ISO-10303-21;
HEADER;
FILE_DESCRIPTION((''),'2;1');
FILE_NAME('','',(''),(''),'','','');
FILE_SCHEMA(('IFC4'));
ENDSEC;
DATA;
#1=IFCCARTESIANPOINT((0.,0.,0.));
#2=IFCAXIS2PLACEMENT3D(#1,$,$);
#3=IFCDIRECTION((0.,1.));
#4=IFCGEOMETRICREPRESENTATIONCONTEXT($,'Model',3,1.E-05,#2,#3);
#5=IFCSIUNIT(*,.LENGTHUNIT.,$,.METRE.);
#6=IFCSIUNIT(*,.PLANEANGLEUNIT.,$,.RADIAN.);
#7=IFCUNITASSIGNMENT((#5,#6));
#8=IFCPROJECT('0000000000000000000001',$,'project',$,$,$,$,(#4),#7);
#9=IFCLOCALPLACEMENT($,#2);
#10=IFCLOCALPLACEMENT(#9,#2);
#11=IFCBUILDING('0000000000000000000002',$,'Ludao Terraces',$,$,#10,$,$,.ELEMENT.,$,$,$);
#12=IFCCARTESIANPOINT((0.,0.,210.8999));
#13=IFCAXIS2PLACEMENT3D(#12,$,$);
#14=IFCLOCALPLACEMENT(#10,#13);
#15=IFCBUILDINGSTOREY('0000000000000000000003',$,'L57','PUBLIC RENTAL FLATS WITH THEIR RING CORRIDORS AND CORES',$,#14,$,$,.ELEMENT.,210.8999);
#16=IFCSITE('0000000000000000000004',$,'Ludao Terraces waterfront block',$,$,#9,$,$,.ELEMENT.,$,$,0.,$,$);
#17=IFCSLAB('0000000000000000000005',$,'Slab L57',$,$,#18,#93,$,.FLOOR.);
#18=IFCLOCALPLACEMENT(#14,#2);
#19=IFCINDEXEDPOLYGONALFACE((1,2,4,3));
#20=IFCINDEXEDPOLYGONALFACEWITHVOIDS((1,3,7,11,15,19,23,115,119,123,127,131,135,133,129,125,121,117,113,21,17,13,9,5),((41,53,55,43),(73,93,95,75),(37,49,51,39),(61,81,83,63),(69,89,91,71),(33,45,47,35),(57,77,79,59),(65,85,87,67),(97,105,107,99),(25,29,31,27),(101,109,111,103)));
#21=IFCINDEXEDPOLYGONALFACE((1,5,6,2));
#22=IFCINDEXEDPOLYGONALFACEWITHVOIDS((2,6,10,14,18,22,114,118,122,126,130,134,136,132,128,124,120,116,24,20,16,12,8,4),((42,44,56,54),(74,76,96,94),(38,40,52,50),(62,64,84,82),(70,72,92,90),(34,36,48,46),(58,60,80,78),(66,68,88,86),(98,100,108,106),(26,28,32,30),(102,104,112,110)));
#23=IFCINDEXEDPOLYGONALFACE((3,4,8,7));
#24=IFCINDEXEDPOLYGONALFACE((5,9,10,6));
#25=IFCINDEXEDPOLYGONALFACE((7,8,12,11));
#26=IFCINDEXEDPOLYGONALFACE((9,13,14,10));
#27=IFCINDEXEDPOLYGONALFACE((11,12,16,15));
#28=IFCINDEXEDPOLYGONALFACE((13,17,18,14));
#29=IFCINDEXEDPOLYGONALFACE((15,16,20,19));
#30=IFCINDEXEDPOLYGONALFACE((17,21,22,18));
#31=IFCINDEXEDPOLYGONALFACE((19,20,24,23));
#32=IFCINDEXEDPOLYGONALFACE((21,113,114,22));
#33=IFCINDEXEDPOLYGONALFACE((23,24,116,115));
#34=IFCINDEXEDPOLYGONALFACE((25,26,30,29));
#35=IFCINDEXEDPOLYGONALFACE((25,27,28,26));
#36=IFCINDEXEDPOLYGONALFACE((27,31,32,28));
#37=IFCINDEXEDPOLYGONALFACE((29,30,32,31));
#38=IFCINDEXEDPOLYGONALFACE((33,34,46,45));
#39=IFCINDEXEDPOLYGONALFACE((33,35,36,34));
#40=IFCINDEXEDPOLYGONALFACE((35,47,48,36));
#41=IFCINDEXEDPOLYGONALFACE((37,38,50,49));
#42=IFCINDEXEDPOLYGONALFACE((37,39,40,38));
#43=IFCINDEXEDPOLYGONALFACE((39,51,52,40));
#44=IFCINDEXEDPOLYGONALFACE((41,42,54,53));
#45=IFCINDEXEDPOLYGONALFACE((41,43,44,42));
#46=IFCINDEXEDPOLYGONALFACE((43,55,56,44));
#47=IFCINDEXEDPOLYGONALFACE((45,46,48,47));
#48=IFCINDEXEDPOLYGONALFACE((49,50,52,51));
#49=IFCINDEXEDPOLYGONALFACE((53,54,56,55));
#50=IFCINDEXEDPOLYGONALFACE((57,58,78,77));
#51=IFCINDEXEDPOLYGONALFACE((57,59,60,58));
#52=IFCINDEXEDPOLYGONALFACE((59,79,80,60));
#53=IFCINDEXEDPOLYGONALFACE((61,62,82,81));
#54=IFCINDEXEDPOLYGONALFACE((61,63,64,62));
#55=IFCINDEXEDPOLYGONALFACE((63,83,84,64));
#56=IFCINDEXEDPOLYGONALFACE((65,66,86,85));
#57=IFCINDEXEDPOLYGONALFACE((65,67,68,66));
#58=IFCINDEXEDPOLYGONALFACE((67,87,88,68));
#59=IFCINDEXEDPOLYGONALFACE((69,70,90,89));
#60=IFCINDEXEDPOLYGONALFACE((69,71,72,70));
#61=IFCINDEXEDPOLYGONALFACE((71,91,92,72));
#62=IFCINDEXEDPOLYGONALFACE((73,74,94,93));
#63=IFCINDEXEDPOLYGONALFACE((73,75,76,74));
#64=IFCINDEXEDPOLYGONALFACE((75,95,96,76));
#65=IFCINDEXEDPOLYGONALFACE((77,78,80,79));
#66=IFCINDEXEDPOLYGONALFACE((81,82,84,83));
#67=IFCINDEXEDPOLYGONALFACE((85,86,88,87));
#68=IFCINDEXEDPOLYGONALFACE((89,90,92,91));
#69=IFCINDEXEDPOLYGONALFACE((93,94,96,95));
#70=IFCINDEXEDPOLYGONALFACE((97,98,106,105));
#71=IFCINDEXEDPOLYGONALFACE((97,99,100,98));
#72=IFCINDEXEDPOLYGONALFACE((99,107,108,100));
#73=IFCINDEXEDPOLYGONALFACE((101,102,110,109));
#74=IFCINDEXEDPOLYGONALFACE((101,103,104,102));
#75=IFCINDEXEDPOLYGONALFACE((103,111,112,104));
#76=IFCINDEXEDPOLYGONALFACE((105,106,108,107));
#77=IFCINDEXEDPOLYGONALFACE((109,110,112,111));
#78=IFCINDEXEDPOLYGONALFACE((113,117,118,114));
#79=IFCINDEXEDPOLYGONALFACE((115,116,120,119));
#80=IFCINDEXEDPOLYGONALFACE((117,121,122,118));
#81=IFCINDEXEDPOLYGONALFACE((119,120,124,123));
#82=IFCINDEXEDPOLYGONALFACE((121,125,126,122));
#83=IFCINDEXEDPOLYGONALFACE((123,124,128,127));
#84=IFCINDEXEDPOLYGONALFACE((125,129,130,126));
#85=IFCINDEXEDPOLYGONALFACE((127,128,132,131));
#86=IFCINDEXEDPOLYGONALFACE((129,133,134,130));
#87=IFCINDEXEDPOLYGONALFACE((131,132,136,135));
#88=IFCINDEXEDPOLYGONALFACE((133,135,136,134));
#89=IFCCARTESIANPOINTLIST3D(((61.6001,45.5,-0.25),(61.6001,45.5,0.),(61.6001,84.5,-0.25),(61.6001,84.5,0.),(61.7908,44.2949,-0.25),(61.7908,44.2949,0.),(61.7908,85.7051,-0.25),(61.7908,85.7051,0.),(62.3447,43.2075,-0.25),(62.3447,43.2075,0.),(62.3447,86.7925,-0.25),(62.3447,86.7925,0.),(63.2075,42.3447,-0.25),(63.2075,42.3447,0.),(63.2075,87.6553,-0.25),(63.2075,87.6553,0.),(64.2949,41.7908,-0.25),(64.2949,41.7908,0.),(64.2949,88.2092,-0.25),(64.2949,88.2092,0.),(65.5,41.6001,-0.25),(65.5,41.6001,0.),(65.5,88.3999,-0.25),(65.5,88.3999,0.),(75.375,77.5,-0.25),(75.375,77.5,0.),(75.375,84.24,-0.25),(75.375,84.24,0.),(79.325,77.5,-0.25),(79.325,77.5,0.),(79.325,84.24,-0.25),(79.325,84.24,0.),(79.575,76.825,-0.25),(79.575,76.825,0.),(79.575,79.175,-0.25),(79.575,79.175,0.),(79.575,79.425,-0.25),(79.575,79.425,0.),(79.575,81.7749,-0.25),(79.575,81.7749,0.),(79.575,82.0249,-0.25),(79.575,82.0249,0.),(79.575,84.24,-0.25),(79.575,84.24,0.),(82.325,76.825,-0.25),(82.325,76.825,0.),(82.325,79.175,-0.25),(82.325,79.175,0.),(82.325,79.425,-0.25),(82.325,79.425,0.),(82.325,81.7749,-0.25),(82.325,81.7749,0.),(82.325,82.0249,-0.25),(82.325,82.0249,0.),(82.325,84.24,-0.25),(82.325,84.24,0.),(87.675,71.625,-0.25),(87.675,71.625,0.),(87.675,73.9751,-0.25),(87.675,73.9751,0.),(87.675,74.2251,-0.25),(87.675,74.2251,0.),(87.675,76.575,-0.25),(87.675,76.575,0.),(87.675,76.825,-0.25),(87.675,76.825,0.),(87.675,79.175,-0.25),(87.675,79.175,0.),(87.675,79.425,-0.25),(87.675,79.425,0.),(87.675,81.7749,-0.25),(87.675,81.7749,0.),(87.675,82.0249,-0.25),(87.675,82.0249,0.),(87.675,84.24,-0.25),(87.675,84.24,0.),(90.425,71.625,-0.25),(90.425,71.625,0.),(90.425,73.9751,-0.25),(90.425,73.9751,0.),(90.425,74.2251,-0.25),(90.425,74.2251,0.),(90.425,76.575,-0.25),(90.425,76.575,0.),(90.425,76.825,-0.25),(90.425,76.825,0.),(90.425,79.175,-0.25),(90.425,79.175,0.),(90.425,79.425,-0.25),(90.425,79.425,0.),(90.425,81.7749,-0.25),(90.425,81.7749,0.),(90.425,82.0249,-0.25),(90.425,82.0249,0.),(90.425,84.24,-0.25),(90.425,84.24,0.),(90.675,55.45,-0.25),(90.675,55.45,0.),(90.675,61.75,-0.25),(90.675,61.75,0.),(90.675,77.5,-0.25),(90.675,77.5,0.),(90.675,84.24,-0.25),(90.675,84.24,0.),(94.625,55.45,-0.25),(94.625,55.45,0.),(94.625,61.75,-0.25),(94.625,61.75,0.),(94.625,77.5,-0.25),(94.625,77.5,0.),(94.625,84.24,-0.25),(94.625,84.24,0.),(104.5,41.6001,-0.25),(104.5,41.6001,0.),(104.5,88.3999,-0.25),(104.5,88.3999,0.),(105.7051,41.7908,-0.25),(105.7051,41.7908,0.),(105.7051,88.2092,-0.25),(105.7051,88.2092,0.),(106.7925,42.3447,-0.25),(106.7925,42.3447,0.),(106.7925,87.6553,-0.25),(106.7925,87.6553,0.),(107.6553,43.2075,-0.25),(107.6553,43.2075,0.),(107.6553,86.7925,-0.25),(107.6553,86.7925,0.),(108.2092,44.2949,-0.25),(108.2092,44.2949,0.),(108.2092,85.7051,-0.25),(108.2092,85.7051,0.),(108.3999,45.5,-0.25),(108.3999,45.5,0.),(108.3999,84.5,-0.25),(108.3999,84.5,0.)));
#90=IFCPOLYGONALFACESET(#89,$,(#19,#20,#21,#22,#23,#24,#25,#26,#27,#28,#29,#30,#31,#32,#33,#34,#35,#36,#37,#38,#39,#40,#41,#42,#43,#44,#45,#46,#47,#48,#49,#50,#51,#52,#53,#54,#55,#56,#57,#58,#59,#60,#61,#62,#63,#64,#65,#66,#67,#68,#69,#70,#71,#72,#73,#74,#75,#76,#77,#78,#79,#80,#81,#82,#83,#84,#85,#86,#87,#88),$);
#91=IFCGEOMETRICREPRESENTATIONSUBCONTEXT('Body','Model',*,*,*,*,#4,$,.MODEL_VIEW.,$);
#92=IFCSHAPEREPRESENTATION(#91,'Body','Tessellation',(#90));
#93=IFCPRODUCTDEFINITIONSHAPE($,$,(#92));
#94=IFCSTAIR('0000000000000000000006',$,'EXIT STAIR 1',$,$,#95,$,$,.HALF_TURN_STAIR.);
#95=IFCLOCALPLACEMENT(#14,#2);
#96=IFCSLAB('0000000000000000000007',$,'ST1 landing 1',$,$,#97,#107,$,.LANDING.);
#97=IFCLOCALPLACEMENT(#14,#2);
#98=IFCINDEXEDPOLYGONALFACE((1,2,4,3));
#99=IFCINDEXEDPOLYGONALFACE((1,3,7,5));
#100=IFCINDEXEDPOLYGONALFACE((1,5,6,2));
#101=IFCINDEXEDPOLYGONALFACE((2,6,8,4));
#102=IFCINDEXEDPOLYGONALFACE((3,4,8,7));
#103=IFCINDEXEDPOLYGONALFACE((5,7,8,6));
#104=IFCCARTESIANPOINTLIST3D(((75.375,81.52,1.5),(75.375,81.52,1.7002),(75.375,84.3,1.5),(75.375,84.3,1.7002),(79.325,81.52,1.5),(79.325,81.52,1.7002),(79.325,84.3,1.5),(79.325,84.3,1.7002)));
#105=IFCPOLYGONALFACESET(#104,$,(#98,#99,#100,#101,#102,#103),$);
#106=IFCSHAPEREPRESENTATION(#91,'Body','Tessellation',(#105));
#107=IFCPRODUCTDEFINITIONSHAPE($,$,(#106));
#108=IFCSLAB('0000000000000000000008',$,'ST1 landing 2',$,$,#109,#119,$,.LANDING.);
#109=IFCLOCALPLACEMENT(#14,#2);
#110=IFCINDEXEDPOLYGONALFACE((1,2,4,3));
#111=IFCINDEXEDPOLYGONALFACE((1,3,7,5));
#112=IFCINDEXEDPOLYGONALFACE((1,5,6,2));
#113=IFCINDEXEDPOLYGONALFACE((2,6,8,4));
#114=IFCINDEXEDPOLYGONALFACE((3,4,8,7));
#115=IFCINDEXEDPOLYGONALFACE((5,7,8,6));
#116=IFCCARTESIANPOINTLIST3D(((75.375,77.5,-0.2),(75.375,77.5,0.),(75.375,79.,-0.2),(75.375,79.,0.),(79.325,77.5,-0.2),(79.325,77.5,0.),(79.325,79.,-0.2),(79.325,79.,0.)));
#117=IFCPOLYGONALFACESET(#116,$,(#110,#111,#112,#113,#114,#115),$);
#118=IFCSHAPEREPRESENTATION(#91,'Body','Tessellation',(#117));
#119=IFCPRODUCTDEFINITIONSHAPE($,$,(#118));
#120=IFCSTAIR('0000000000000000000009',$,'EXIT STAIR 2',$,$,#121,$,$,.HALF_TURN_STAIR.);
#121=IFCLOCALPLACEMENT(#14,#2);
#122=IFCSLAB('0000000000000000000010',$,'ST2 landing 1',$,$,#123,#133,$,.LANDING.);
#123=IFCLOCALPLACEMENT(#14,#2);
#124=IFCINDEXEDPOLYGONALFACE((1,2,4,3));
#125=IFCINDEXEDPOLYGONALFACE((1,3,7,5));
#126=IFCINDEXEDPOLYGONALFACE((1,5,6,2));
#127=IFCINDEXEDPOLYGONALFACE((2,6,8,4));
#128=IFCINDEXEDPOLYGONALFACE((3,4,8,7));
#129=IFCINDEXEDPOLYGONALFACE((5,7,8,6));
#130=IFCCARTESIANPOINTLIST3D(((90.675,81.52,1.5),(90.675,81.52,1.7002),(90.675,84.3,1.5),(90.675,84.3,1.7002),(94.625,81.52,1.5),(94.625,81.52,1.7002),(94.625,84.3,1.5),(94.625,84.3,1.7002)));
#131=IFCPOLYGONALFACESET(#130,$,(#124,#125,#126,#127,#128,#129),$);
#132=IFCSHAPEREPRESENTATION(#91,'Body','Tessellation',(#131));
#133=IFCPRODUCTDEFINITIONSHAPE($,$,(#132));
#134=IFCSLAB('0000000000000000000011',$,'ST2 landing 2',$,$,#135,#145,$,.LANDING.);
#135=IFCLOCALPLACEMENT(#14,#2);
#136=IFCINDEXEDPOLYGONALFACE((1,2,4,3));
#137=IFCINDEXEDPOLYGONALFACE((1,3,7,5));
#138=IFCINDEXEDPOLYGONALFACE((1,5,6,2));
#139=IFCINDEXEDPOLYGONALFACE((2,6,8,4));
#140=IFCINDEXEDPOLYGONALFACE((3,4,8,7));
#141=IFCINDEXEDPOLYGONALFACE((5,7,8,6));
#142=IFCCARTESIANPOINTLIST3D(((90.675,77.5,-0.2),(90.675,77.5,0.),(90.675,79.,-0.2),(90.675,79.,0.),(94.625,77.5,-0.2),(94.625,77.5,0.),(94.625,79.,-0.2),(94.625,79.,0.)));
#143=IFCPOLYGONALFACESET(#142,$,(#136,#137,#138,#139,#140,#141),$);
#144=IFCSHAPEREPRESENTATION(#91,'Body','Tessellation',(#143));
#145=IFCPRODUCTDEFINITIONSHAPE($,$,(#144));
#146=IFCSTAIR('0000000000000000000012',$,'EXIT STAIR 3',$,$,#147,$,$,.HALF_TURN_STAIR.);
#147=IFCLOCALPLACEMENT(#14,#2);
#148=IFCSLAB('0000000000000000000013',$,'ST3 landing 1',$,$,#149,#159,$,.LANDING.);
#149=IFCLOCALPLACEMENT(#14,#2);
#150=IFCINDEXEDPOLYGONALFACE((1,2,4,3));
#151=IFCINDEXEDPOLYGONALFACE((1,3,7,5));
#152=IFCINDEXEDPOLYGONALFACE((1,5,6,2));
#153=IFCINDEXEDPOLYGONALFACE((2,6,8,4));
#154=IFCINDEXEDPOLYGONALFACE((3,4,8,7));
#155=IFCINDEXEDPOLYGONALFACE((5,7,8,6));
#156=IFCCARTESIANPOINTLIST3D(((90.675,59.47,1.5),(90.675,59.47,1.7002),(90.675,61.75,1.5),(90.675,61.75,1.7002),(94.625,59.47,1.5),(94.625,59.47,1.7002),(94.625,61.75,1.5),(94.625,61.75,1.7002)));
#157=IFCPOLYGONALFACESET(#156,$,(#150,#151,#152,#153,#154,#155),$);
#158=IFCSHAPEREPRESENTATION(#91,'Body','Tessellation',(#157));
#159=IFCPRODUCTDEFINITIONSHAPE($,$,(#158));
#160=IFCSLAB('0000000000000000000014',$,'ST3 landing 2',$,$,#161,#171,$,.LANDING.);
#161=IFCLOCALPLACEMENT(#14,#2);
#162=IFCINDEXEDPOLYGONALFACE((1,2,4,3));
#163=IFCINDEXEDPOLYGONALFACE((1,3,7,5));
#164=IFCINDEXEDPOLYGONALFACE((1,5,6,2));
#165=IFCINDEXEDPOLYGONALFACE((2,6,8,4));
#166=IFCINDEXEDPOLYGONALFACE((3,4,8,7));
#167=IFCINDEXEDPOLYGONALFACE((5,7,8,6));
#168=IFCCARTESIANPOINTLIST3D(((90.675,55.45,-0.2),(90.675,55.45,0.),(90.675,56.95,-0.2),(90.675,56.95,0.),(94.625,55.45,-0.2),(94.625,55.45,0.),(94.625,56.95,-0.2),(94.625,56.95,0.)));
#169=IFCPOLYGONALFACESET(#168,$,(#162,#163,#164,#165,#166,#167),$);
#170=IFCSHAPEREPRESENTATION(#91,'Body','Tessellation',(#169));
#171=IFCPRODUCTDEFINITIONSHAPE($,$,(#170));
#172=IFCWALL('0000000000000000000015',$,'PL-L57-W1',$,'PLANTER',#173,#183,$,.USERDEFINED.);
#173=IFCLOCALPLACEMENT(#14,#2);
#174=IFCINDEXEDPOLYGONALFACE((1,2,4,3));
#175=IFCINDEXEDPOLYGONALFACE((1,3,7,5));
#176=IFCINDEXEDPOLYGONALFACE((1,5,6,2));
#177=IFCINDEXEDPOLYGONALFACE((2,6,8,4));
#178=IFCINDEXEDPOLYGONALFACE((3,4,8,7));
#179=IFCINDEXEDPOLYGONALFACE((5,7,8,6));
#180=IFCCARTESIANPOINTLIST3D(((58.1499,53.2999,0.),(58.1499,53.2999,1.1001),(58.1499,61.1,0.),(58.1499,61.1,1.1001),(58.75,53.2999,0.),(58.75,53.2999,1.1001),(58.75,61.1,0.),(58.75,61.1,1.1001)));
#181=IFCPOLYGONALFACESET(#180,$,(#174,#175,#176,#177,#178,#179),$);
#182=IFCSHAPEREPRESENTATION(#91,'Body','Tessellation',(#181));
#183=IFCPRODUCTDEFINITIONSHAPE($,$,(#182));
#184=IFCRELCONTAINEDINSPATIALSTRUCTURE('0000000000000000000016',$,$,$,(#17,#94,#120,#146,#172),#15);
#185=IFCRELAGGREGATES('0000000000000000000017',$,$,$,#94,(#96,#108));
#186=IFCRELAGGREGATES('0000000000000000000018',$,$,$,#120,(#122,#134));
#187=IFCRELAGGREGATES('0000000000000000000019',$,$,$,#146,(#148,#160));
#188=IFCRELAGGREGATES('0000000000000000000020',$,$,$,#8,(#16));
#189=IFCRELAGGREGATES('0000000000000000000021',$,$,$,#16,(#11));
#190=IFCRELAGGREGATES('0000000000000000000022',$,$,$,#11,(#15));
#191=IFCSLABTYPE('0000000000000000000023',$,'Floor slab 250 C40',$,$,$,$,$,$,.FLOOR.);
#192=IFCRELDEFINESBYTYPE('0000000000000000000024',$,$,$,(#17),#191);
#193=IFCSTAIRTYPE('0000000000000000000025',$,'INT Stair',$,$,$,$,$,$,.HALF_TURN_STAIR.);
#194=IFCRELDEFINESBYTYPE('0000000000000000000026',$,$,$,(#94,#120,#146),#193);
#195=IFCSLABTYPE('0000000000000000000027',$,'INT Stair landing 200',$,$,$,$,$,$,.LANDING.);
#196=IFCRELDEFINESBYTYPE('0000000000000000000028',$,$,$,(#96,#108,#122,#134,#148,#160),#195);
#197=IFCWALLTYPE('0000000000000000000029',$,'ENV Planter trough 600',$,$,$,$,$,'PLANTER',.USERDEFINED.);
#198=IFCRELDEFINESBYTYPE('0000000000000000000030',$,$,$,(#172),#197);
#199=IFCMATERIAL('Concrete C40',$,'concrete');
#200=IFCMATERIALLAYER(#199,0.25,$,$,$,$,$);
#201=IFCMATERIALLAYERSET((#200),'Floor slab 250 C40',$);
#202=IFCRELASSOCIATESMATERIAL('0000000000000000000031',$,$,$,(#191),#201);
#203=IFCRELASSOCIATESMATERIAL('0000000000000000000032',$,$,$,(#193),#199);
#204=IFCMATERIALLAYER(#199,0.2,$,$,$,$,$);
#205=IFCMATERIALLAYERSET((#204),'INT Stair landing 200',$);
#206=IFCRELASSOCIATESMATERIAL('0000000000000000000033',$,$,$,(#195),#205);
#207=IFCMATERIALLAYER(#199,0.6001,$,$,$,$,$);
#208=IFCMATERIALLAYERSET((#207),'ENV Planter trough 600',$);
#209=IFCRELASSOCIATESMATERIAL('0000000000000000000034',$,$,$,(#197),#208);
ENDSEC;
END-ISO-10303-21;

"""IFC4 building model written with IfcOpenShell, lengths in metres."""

from ifc_helpers import new_model, si_unit, direction, frame, frame_2d, origin, place, context, subcontext, project, spatial, polyline, rectangle, outline, extrude, material, layer, layer_set, type_object, element, aggregate, save


model = new_model("IFC4")

# Units and contexts
model_context = context("Model", 3, precision=1e-05, world=origin(), true_north=direction((0.0, 1.0)))
body_context = subcontext(model_context, "Body", "Model", "MODEL_VIEW")
ifc_project = project(units=[si_unit("LENGTHUNIT", "METRE"), si_unit("PLANEANGLEUNIT", "RADIAN")], contexts=[model_context])

# Site, building, storey
site_placement = place(None, origin())
site = spatial("IfcSite", under=ifc_project, at=site_placement, Name="Ludao Terraces waterfront block", CompositionType="ELEMENT", RefElevation=0.0)
building_placement = place(site_placement, origin())
building = spatial("IfcBuilding", under=site, at=building_placement, Name="Ludao Terraces", CompositionType="ELEMENT")
storey_placement = place(building_placement, frame((0.0, 0.0, 210.8999)))
storey = spatial("IfcBuildingStorey", under=building, at=storey_placement, Name="L57", Description="PUBLIC RENTAL FLATS WITH THEIR RING CORRIDORS AND CORES", CompositionType="ELEMENT", Elevation=210.8999)

# Shared definitions
ifc_material_1 = material(Name="Concrete C40", Category="concrete")

# Slab
ifc_layer_1 = layer(ifc_material_1, 0.25)
ifc_layer_set_1 = layer_set([ifc_layer_1], Name="Floor slab 250 C40")
slab_type_1 = type_object("IfcSlabType", Name="Floor slab 250 C40", PredefinedType="FLOOR", material=ifc_layer_set_1)
slab_1_placement = place(storey_placement, frame((0.0, 0.0, -0.25)))
element("IfcSlab", 1, at=slab_1_placement, inside=storey, type_object=slab_type_1, Name="Slab L57", PredefinedType="FLOOR", context=body_context, shape_type="SweptSolid", body=[
    extrude(outline(polyline([(104.5, 41.6001), (105.7051, 41.7908), (106.7925, 42.3447), (107.6553, 43.2075), (108.2092, 44.2949), (108.3999, 45.5), (108.3999, 84.5), (108.2092, 85.7051), (107.6553, 86.7925), (106.7925, 87.6553), (105.7051, 88.2092), (104.5, 88.3999), (65.5, 88.3999), (64.2949, 88.2092), (63.2075, 87.6553), (62.3447, 86.7925), (61.7908, 85.7051), (61.6001, 84.5), (61.6001, 45.5), (61.7908, 44.2949), (62.3447, 43.2075), (63.2075, 42.3447), (64.2949, 41.7908), (65.5, 41.6001), (104.5, 41.6001)]), holes=[polyline([(79.575, 76.825), (82.325, 76.825), (82.325, 79.175), (79.575, 79.175), (79.575, 76.825)]), polyline([(79.575, 79.425), (82.325, 79.425), (82.325, 81.7749), (79.575, 81.7749), (79.575, 79.425)]), polyline([(79.575, 82.0249), (82.325, 82.0249), (82.325, 84.24), (79.575, 84.24), (79.575, 82.0249)]), polyline([(87.675, 71.625), (90.425, 71.625), (90.425, 73.9751), (87.675, 73.9751), (87.675, 71.625)]), polyline([(87.675, 74.2251), (90.425, 74.2251), (90.425, 76.575), (87.675, 76.575), (87.675, 74.2251)]), polyline([(87.675, 76.825), (90.425, 76.825), (90.425, 79.175), (87.675, 79.175), (87.675, 76.825)]), polyline([(87.675, 79.425), (90.425, 79.425), (90.425, 81.7749), (87.675, 81.7749), (87.675, 79.425)]), polyline([(87.675, 82.0249), (90.425, 82.0249), (90.425, 84.24), (87.675, 84.24), (87.675, 82.0249)]), polyline([(75.375, 77.5), (79.325, 77.5), (79.325, 84.24), (75.375, 84.24), (75.375, 77.5)]), polyline([(90.675, 77.5), (94.625, 77.5), (94.625, 84.24), (90.675, 84.24), (90.675, 77.5)]), polyline([(90.675, 55.45), (94.625, 55.45), (94.625, 61.75), (90.675, 61.75), (90.675, 55.45)])]), origin(), (0.0, 0.0, 1.0), 0.25),
])

# Stairs, slabs
stair_type = type_object("IfcStairType", Name="INT Stair", PredefinedType="HALF_TURN_STAIR", material=ifc_material_1)
stair_1_placement = place(storey_placement, origin())
stair_1 = element("IfcStair", 2, at=stair_1_placement, inside=storey, type_object=stair_type, Name="EXIT STAIR 1", PredefinedType="HALF_TURN_STAIR")
ifc_layer_2 = layer(ifc_material_1, 0.2)
ifc_layer_set_2 = layer_set([ifc_layer_2], Name="INT Stair landing 200")
slab_type_2 = type_object("IfcSlabType", Name="INT Stair landing 200", PredefinedType="LANDING", material=ifc_layer_set_2)
slab_2_placement = place(storey_placement, frame((0.0, 0.0, 1.5)))
slab_2 = element("IfcSlab", 3, at=slab_2_placement, type_object=slab_type_2, Name="ST1 landing 1", PredefinedType="LANDING", context=body_context, shape_type="SweptSolid", body=[
    extrude(outline(polyline([(75.375, 81.52), (79.325, 81.52), (79.325, 84.3), (75.375, 84.3), (75.375, 81.52)])), origin(), (0.0, 0.0, 1.0), 0.2002),
])
slab_3_placement = place(storey_placement, frame((0.0, 0.0, -0.2)))
slab_3 = element("IfcSlab", 4, at=slab_3_placement, type_object=slab_type_2, Name="ST1 landing 2", PredefinedType="LANDING", context=body_context, shape_type="SweptSolid", body=[
    extrude(outline(polyline([(75.375, 77.5), (79.325, 77.5), (79.325, 79.0), (75.375, 79.0), (75.375, 77.5)])), origin(), (0.0, 0.0, 1.0), 0.2),
])
aggregate(stair_1, [slab_2, slab_3])
stair_2_placement = place(storey_placement, origin())
stair_2 = element("IfcStair", 5, at=stair_2_placement, inside=storey, type_object=stair_type, Name="EXIT STAIR 2", PredefinedType="HALF_TURN_STAIR")
slab_4_placement = place(storey_placement, frame((0.0, 0.0, 1.5)))
slab_4 = element("IfcSlab", 6, at=slab_4_placement, type_object=slab_type_2, Name="ST2 landing 1", PredefinedType="LANDING", context=body_context, shape_type="SweptSolid", body=[
    extrude(outline(polyline([(90.675, 81.52), (94.625, 81.52), (94.625, 84.3), (90.675, 84.3), (90.675, 81.52)])), origin(), (0.0, 0.0, 1.0), 0.2002),
])
slab_5_placement = place(storey_placement, frame((0.0, 0.0, -0.2)))
slab_5 = element("IfcSlab", 7, at=slab_5_placement, type_object=slab_type_2, Name="ST2 landing 2", PredefinedType="LANDING", context=body_context, shape_type="SweptSolid", body=[
    extrude(outline(polyline([(90.675, 77.5), (94.625, 77.5), (94.625, 79.0), (90.675, 79.0), (90.675, 77.5)])), origin(), (0.0, 0.0, 1.0), 0.2),
])
aggregate(stair_2, [slab_4, slab_5])
stair_3_placement = place(storey_placement, origin())
stair_3 = element("IfcStair", 8, at=stair_3_placement, inside=storey, type_object=stair_type, Name="EXIT STAIR 3", PredefinedType="HALF_TURN_STAIR")
slab_6_placement = place(storey_placement, frame((0.0, 0.0, 1.5)))
slab_6 = element("IfcSlab", 9, at=slab_6_placement, type_object=slab_type_2, Name="ST3 landing 1", PredefinedType="LANDING", context=body_context, shape_type="SweptSolid", body=[
    extrude(outline(polyline([(90.675, 59.47), (94.625, 59.47), (94.625, 61.75), (90.675, 61.75), (90.675, 59.47)])), origin(), (0.0, 0.0, 1.0), 0.2002),
])
slab_7_placement = place(storey_placement, frame((0.0, 0.0, -0.2)))
slab_7 = element("IfcSlab", 10, at=slab_7_placement, type_object=slab_type_2, Name="ST3 landing 2", PredefinedType="LANDING", context=body_context, shape_type="SweptSolid", body=[
    extrude(outline(polyline([(90.675, 55.45), (94.625, 55.45), (94.625, 56.95), (90.675, 56.95), (90.675, 55.45)])), origin(), (0.0, 0.0, 1.0), 0.2),
])
aggregate(stair_3, [slab_6, slab_7])

# Wall
ifc_layer_3 = layer(ifc_material_1, 0.6001)
ifc_layer_set_3 = layer_set([ifc_layer_3], Name="ENV Planter trough 600")
wall_type = type_object("IfcWallType", Name="ENV Planter trough 600", ElementType="PLANTER", PredefinedType="USERDEFINED", material=ifc_layer_set_3)
wall_1_placement = place(storey_placement, frame((58.45, 53.3, 0.0), z_axis=(0.0, 0.0, 1.0), x_axis=(0.0, 1.0, 0.0)))
element("IfcWall", 11, at=wall_1_placement, inside=storey, type_object=wall_type, Name="PL-L57-W1", ObjectType="PLANTER", PredefinedType="USERDEFINED", context=body_context, shape_type="SweptSolid", body=[
    extrude(rectangle(XDim=7.8, YDim=0.6001, at=frame_2d((3.8999, 0.0))), origin(), (0.0, 0.0, 1.0), 1.1001),
])

save(model, "model.ifc")
